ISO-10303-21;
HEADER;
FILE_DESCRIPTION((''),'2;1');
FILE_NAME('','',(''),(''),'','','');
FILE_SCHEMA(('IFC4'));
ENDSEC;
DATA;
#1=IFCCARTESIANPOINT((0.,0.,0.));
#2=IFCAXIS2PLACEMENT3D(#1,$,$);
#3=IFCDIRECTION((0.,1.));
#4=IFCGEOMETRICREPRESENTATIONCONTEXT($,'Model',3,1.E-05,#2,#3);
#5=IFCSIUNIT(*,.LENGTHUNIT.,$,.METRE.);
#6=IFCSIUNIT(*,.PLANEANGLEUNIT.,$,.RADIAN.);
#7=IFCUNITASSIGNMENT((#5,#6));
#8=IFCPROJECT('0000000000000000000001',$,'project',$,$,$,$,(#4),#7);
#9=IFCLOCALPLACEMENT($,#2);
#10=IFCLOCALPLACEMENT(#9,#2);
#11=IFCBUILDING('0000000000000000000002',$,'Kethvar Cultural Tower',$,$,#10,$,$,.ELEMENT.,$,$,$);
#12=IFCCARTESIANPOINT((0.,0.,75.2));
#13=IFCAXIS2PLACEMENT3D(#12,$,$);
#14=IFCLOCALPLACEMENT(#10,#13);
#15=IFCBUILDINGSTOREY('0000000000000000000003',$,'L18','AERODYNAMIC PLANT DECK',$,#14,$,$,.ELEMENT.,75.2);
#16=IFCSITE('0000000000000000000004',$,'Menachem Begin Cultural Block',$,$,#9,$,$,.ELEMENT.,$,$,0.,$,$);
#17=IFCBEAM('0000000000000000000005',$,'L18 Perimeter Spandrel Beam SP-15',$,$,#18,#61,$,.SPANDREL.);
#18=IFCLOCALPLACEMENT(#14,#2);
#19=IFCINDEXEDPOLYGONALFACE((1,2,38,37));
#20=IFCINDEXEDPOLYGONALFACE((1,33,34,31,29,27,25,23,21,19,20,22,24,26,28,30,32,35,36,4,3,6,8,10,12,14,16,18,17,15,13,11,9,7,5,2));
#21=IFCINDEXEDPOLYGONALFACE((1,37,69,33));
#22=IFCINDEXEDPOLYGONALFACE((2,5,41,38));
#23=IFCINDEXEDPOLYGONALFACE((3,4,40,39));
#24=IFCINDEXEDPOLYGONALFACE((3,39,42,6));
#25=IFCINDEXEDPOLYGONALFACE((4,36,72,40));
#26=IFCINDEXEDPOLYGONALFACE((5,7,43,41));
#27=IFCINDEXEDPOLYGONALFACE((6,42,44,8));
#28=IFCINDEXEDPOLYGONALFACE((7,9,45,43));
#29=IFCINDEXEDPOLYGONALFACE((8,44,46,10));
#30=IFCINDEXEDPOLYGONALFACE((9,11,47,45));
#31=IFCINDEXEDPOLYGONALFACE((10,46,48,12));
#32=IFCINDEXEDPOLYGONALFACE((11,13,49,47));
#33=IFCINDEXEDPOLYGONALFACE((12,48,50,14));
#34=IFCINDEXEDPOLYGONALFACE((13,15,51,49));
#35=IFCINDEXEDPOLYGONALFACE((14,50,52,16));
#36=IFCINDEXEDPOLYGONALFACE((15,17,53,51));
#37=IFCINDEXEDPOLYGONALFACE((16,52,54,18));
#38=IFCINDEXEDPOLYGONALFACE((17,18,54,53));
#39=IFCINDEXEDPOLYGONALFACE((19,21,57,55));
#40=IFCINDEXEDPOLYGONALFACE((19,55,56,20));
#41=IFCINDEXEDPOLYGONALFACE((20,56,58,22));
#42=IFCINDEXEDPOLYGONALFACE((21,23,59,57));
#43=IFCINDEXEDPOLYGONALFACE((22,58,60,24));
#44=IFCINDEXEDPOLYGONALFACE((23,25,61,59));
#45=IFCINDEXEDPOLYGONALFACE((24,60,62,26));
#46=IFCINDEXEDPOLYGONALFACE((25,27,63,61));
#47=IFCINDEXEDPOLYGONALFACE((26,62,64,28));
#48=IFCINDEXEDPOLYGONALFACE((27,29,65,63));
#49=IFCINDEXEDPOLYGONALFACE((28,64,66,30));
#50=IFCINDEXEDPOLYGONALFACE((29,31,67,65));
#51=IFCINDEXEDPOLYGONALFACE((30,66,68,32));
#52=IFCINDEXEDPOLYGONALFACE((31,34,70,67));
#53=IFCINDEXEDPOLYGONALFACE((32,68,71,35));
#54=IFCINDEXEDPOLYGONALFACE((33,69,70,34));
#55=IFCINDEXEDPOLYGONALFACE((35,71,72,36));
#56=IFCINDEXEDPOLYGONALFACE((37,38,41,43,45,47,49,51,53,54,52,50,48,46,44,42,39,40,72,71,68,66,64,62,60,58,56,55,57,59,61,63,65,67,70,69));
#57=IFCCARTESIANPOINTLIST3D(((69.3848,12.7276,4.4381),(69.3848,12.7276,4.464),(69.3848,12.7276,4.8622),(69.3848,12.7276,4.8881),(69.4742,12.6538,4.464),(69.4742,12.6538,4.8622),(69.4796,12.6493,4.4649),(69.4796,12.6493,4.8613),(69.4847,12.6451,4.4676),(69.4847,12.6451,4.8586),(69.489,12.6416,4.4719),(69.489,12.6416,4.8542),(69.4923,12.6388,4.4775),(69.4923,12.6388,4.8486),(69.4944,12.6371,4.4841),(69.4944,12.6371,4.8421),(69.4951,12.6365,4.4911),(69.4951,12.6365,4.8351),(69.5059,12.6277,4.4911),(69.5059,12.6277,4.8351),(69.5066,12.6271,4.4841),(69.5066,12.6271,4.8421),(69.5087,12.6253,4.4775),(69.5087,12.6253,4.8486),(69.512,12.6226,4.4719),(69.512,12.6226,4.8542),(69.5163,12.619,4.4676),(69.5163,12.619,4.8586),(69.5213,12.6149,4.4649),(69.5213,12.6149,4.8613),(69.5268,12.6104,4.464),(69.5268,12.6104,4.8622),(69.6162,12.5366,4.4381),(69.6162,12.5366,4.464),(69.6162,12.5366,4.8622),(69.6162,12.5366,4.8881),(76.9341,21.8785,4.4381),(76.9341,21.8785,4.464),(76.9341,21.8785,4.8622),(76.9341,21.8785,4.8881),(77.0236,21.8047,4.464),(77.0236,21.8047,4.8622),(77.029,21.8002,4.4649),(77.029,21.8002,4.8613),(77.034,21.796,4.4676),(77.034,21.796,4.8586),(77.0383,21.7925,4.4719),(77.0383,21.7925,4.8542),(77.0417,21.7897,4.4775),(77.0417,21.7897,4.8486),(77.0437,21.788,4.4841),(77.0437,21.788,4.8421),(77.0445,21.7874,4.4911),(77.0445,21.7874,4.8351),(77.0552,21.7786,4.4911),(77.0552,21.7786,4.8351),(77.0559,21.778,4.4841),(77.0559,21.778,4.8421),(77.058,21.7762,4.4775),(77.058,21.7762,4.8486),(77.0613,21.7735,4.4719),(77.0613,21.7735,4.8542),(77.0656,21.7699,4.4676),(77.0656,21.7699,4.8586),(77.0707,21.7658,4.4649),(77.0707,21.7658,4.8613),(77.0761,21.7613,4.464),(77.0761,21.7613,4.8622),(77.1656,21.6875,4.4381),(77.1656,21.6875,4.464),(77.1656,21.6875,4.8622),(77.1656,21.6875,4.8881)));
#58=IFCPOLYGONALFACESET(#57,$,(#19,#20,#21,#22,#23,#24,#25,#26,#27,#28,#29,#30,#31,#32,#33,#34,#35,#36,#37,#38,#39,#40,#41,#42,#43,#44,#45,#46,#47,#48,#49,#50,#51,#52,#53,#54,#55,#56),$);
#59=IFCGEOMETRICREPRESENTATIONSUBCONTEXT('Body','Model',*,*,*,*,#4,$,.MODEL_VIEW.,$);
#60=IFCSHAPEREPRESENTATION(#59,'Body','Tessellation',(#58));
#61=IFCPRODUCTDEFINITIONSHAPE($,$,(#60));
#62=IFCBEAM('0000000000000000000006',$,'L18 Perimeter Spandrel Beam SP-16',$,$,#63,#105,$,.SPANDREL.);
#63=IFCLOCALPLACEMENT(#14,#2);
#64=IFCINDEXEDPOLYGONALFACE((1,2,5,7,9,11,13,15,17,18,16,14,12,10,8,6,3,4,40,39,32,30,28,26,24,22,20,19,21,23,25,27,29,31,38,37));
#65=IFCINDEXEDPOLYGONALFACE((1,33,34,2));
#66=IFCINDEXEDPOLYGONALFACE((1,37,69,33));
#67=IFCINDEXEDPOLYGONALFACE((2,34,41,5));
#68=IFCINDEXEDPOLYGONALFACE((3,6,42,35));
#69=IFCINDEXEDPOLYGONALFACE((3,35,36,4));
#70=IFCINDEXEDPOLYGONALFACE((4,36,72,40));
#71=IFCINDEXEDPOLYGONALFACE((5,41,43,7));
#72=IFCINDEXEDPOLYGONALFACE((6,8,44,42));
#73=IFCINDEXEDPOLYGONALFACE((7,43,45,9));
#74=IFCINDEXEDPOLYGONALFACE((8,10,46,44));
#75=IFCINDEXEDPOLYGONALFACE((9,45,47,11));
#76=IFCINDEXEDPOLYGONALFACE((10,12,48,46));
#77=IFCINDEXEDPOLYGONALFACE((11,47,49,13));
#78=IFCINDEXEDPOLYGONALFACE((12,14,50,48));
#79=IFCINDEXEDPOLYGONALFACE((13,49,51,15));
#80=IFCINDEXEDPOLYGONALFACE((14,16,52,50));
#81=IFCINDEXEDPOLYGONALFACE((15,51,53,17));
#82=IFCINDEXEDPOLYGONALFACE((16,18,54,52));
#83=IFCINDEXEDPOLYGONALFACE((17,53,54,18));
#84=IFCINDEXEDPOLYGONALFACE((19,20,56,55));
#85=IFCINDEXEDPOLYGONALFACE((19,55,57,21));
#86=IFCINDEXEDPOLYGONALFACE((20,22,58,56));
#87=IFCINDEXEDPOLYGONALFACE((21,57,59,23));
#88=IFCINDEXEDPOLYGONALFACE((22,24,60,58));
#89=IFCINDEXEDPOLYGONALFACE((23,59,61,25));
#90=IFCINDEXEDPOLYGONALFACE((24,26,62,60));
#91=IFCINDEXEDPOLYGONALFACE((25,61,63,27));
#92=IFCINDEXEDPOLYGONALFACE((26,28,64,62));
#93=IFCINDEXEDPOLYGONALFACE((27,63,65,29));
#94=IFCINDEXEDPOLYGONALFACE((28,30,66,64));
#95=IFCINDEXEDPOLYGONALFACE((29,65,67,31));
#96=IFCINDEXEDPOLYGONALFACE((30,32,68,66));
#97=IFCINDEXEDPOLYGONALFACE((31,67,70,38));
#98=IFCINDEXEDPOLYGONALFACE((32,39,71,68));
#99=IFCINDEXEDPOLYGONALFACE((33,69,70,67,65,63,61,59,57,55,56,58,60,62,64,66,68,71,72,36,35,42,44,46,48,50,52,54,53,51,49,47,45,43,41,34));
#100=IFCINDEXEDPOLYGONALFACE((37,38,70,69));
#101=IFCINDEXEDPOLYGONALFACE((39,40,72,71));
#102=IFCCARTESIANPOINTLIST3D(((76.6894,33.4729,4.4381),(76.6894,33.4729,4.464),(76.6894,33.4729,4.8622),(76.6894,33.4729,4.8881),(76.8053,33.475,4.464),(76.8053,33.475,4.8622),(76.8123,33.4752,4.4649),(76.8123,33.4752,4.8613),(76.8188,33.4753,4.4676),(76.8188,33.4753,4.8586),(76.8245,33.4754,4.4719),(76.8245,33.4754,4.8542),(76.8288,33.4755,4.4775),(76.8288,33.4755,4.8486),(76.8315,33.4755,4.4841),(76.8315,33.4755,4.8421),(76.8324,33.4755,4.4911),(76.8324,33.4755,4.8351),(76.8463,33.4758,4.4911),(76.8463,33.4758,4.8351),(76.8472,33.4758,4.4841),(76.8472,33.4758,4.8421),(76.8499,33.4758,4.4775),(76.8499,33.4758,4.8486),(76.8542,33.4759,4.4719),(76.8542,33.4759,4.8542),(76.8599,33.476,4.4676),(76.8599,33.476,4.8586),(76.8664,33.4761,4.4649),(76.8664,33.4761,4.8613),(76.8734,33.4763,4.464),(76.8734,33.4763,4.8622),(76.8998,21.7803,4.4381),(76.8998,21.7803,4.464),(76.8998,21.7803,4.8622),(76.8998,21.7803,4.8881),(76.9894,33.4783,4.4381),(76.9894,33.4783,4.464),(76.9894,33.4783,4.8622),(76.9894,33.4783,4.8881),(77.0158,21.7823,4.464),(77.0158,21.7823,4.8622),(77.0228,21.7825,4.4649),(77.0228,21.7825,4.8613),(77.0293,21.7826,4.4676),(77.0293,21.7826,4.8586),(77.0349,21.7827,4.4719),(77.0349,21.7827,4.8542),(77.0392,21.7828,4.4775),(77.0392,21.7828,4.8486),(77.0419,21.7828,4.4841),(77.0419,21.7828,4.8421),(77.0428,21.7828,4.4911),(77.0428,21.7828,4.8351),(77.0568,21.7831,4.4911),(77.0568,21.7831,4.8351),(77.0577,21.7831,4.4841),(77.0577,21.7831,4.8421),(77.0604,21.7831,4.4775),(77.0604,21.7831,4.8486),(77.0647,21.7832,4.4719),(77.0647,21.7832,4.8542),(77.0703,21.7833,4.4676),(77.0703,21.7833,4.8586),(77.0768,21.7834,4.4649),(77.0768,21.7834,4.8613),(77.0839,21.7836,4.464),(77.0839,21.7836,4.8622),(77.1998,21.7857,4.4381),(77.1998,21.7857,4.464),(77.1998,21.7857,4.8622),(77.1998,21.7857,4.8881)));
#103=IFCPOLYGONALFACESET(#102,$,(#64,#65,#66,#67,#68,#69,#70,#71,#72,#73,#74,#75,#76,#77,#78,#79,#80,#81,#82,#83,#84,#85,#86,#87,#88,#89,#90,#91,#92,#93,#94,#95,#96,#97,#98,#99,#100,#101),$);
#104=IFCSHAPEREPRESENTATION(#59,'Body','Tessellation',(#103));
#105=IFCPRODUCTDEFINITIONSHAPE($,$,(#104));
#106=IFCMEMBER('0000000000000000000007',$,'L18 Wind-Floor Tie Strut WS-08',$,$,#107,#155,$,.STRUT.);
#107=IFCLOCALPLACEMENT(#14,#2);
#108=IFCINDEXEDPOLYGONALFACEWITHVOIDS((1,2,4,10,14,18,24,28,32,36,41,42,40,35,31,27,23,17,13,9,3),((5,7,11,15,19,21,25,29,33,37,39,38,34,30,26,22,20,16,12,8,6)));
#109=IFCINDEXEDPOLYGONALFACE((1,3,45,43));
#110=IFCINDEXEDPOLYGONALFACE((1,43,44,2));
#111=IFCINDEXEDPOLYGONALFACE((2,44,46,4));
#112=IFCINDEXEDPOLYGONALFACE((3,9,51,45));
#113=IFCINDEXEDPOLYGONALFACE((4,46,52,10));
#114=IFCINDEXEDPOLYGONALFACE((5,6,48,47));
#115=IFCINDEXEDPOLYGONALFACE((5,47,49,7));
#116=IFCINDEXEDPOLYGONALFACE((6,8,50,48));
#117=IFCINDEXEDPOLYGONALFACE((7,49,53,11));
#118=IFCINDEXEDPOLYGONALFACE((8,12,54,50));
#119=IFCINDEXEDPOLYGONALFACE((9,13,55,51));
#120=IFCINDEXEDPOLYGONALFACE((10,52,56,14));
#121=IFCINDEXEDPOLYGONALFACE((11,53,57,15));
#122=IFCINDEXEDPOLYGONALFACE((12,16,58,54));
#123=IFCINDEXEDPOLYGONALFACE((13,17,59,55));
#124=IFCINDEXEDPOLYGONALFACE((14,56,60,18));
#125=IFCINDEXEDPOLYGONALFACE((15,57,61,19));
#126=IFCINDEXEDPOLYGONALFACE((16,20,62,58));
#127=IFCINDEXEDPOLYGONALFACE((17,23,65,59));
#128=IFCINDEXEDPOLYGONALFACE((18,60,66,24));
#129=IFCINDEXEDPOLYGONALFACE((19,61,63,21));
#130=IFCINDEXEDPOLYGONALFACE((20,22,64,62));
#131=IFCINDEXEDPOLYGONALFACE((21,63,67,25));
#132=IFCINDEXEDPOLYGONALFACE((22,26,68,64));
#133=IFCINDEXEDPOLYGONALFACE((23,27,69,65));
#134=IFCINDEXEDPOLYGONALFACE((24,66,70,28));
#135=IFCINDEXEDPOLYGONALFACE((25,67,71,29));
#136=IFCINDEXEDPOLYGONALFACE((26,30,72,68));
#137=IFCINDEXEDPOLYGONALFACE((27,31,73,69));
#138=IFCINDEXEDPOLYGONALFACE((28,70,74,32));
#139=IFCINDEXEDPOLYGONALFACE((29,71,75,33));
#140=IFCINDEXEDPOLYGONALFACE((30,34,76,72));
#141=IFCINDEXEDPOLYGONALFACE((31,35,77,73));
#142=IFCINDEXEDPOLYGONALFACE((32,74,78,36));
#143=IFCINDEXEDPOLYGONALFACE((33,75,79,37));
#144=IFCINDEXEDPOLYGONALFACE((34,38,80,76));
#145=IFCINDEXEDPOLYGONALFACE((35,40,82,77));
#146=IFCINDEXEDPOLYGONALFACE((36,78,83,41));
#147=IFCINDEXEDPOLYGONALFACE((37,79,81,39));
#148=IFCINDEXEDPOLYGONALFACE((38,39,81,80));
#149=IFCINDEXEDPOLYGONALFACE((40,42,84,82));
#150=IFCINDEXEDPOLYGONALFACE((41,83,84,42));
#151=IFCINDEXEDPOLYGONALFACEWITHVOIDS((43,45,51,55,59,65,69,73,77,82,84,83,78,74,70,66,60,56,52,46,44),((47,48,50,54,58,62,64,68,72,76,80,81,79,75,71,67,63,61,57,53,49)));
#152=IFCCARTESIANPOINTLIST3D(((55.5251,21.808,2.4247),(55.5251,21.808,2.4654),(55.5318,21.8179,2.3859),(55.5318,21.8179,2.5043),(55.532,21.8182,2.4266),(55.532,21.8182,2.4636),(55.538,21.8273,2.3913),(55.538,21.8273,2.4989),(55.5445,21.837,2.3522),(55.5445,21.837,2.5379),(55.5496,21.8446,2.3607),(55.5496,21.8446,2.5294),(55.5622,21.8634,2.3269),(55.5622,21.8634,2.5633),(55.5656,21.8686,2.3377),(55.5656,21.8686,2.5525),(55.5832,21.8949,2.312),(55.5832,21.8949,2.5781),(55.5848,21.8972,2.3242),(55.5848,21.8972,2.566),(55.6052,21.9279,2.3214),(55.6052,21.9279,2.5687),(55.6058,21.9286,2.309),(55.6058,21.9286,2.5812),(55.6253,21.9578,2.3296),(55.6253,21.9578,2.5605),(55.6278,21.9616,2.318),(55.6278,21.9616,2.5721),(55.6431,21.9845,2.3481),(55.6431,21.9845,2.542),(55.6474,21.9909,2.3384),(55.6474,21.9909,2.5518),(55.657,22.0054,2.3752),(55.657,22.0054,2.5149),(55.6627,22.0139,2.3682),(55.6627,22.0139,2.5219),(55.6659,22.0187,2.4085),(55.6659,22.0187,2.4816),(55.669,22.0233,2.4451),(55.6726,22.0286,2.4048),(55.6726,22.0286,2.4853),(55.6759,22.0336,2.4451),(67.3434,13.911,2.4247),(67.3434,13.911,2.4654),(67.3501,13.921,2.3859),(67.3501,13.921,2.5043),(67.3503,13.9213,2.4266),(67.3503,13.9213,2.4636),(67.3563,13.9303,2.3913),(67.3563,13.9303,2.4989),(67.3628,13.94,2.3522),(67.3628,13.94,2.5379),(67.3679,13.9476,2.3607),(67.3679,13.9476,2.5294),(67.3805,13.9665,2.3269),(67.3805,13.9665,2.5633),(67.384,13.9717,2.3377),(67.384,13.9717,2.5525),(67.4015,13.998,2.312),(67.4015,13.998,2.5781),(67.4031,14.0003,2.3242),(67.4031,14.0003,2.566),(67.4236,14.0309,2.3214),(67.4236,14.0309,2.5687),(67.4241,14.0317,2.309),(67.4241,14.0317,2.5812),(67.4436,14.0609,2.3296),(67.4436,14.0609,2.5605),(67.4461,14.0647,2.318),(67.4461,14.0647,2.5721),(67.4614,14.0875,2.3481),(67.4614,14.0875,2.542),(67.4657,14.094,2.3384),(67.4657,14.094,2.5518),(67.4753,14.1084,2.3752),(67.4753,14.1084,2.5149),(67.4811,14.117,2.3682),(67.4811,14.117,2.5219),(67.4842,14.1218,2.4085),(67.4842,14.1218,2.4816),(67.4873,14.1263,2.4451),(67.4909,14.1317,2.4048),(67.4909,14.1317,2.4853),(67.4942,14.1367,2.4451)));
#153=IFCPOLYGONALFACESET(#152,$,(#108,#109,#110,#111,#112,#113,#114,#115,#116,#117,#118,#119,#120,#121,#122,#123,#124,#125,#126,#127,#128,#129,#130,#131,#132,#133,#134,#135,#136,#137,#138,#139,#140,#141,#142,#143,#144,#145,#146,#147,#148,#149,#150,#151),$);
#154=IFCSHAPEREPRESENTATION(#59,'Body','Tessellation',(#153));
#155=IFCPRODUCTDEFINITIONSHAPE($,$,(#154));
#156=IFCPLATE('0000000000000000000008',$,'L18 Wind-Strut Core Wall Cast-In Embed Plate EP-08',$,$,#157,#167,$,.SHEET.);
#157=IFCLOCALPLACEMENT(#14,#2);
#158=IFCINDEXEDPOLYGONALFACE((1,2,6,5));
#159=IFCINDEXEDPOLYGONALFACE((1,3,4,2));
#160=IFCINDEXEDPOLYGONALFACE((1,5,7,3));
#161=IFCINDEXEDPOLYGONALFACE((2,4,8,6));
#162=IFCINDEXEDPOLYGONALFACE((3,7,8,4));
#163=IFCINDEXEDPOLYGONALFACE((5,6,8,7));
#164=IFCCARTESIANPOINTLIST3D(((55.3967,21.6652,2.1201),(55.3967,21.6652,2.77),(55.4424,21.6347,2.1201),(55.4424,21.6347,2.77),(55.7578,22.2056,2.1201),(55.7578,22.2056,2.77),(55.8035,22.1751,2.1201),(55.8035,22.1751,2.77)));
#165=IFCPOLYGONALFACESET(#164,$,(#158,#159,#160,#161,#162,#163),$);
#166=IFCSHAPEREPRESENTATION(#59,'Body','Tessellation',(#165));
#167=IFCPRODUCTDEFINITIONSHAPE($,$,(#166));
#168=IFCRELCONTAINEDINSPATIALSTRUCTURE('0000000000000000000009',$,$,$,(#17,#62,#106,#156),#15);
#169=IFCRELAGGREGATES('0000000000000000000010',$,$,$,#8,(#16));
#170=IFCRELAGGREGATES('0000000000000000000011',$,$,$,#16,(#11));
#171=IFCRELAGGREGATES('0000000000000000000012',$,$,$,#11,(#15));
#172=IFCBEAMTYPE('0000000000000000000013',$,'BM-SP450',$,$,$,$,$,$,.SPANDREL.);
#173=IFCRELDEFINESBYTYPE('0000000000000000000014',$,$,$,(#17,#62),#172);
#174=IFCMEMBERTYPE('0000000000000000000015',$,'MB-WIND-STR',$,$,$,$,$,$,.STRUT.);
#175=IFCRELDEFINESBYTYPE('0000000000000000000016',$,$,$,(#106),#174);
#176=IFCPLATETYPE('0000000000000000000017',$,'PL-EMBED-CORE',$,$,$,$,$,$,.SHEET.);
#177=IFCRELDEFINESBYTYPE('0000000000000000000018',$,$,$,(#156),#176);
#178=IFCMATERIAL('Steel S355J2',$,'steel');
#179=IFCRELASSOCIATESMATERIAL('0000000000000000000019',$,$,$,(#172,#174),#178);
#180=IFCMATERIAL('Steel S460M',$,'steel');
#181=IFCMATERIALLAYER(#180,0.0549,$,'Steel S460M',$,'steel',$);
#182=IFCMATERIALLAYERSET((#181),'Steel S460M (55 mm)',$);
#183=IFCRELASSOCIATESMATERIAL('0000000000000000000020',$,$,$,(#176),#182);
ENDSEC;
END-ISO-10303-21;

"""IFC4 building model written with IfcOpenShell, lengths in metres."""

from ifc_helpers import new_model, si_unit, direction, frame, origin, origin_2d, place, context, subcontext, project, spatial, rectangle, hollow_circle, i_section, extrude, source, transform, mapped, material, layer, layer_set, material_profile, profile_set, type_object, element, save


model = new_model("IFC4")

# Units and contexts
model_context = context("Model", 3, precision=1e-05, world=origin(), true_north=direction((0.0, 1.0)))
body_context = subcontext(model_context, "Body", "Model", "MODEL_VIEW")
ifc_project = project(units=[si_unit("LENGTHUNIT", "METRE"), si_unit("PLANEANGLEUNIT", "RADIAN")], contexts=[model_context])

# Site, building, storey
site_placement = place(None, origin())
site = spatial("IfcSite", under=ifc_project, at=site_placement, Name="Menachem Begin Cultural Block", CompositionType="ELEMENT", RefElevation=0.0)
building_placement = place(site_placement, origin())
building = spatial("IfcBuilding", under=site, at=building_placement, Name="Kethvar Cultural Tower", CompositionType="ELEMENT")
storey_placement = place(building_placement, frame((0.0, 0.0, 75.2)))
storey = spatial("IfcBuildingStorey", under=building, at=storey_placement, Name="L18", Description="AERODYNAMIC PLANT DECK", CompositionType="ELEMENT", Elevation=75.2)

# Shared definitions
ifc_material_1 = material(Name="Steel S460M", Category="steel")

# Beams
ifc_material_2 = material(Name="Steel S355J2", Category="steel")
ifc_material_profile_1 = material_profile(ifc_material_2, i_section(OverallWidth=0.3, OverallDepth=0.45, WebThickness=0.0139, FlangeThickness=0.0259, FilletRadius=0.0271, at=origin_2d()), Name="Steel S355J2 — HEB450")
ifc_profile_set_1 = profile_set([ifc_material_profile_1], Name="Steel S355J2 — HEB450")
beam_type_1 = type_object("IfcBeamType", Name="BM-SP450", PredefinedType="SPANDREL", material=ifc_profile_set_1)
shared_shape_1 = source(origin(), body_context, "Body", "SweptSolid", [
    extrude(i_section(OverallWidth=0.3, OverallDepth=0.45, WebThickness=0.0139, FlangeThickness=0.0259, FilletRadius=0.0271, at=origin_2d()), origin(), (0.0, 0.0, 1.0), 11.863),
])
beam_1_placement = place(storey_placement, frame((69.5005, 12.6321, 4.6631), z_axis=(0.636375, 0.77138, 0.0), x_axis=(-0.77138, 0.636375, 0.0)))
element("IfcBeam", 1, at=beam_1_placement, inside=storey, type_object=beam_type_1, Name="L18 Perimeter Spandrel Beam SP-15", PredefinedType="SPANDREL", context=body_context, shape_type="MappedRepresentation", body=[
    mapped(shared_shape_1, transform((0.0, 0.0, 0.0), scale=1.0)),
])
shared_shape_2 = source(origin(), body_context, "Body", "SweptSolid", [
    extrude(i_section(OverallWidth=0.3, OverallDepth=0.45, WebThickness=0.0139, FlangeThickness=0.0259, FilletRadius=0.0271, at=origin_2d()), origin(), (0.0, 0.0, 1.0), 11.6946),
])
beam_2_placement = place(storey_placement, frame((77.0498, 21.783, 4.6631), z_axis=(-0.017996, 0.999838, 0.0), x_axis=(-0.999838, -0.017996, 0.0)))
element("IfcBeam", 2, at=beam_2_placement, inside=storey, type_object=beam_type_1, Name="L18 Perimeter Spandrel Beam SP-16", PredefinedType="SPANDREL", context=body_context, shape_type="MappedRepresentation", body=[
    mapped(shared_shape_2, transform((0.0, 0.0, 0.0), scale=1.0)),
])

# Member
ifc_material_profile_2 = material_profile(ifc_material_2, hollow_circle(Radius=0.1365, WallThickness=0.0125, at=origin_2d()), Name="Steel S355J2 — CHS273x12.5")
ifc_profile_set_2 = profile_set([ifc_material_profile_2], Name="Steel S355J2 — CHS273x12.5")
member_type = type_object("IfcMemberType", Name="MB-WIND-STR", PredefinedType="STRUT", material=ifc_profile_set_2)
shared_shape_3 = source(origin(), body_context, "Body", "SweptSolid", [
    extrude(hollow_circle(Radius=0.1365, WallThickness=0.0125, at=origin_2d()), origin(), (0.0, 0.0, 1.0), 14.2139),
])
member_placement = place(storey_placement, frame((55.6001, 21.9202, 2.4451), z_axis=(0.831463, -0.55558, 0.0), x_axis=(0.55558, 0.831463, 0.0)))
element("IfcMember", 3, at=member_placement, inside=storey, type_object=member_type, Name="L18 Wind-Floor Tie Strut WS-08", PredefinedType="STRUT", context=body_context, shape_type="MappedRepresentation", body=[
    mapped(shared_shape_3, transform((0.0, 0.0, 0.0), scale=1.0)),
])

# Plate
ifc_layer_1 = layer(ifc_material_1, 0.0549, Name="Steel S460M", Category="steel")
ifc_layer_set_1 = layer_set([ifc_layer_1], Name="Steel S460M (55 mm)")
plate_type = type_object("IfcPlateType", Name="PL-EMBED-CORE", PredefinedType="SHEET", material=ifc_layer_set_1)
shared_shape_4 = source(origin(), body_context, "Body", "SweptSolid", [
    extrude(rectangle(XDim=0.0549, YDim=0.6499, at=origin_2d()), origin(), (0.0, 0.0, 1.0), 0.6499),
])
plate_placement = place(storey_placement, frame((55.6001, 21.9202, 2.1201), z_axis=(0.0, 0.0, 1.0), x_axis=(0.83147, -0.55557, 0.0)))
element("IfcPlate", 4, at=plate_placement, inside=storey, type_object=plate_type, Name="L18 Wind-Strut Core Wall Cast-In Embed Plate EP-08", PredefinedType="SHEET", context=body_context, shape_type="MappedRepresentation", body=[
    mapped(shared_shape_4, transform((0.0, 0.0, 0.0), scale=1.0)),
])

save(model, "model.ifc")
